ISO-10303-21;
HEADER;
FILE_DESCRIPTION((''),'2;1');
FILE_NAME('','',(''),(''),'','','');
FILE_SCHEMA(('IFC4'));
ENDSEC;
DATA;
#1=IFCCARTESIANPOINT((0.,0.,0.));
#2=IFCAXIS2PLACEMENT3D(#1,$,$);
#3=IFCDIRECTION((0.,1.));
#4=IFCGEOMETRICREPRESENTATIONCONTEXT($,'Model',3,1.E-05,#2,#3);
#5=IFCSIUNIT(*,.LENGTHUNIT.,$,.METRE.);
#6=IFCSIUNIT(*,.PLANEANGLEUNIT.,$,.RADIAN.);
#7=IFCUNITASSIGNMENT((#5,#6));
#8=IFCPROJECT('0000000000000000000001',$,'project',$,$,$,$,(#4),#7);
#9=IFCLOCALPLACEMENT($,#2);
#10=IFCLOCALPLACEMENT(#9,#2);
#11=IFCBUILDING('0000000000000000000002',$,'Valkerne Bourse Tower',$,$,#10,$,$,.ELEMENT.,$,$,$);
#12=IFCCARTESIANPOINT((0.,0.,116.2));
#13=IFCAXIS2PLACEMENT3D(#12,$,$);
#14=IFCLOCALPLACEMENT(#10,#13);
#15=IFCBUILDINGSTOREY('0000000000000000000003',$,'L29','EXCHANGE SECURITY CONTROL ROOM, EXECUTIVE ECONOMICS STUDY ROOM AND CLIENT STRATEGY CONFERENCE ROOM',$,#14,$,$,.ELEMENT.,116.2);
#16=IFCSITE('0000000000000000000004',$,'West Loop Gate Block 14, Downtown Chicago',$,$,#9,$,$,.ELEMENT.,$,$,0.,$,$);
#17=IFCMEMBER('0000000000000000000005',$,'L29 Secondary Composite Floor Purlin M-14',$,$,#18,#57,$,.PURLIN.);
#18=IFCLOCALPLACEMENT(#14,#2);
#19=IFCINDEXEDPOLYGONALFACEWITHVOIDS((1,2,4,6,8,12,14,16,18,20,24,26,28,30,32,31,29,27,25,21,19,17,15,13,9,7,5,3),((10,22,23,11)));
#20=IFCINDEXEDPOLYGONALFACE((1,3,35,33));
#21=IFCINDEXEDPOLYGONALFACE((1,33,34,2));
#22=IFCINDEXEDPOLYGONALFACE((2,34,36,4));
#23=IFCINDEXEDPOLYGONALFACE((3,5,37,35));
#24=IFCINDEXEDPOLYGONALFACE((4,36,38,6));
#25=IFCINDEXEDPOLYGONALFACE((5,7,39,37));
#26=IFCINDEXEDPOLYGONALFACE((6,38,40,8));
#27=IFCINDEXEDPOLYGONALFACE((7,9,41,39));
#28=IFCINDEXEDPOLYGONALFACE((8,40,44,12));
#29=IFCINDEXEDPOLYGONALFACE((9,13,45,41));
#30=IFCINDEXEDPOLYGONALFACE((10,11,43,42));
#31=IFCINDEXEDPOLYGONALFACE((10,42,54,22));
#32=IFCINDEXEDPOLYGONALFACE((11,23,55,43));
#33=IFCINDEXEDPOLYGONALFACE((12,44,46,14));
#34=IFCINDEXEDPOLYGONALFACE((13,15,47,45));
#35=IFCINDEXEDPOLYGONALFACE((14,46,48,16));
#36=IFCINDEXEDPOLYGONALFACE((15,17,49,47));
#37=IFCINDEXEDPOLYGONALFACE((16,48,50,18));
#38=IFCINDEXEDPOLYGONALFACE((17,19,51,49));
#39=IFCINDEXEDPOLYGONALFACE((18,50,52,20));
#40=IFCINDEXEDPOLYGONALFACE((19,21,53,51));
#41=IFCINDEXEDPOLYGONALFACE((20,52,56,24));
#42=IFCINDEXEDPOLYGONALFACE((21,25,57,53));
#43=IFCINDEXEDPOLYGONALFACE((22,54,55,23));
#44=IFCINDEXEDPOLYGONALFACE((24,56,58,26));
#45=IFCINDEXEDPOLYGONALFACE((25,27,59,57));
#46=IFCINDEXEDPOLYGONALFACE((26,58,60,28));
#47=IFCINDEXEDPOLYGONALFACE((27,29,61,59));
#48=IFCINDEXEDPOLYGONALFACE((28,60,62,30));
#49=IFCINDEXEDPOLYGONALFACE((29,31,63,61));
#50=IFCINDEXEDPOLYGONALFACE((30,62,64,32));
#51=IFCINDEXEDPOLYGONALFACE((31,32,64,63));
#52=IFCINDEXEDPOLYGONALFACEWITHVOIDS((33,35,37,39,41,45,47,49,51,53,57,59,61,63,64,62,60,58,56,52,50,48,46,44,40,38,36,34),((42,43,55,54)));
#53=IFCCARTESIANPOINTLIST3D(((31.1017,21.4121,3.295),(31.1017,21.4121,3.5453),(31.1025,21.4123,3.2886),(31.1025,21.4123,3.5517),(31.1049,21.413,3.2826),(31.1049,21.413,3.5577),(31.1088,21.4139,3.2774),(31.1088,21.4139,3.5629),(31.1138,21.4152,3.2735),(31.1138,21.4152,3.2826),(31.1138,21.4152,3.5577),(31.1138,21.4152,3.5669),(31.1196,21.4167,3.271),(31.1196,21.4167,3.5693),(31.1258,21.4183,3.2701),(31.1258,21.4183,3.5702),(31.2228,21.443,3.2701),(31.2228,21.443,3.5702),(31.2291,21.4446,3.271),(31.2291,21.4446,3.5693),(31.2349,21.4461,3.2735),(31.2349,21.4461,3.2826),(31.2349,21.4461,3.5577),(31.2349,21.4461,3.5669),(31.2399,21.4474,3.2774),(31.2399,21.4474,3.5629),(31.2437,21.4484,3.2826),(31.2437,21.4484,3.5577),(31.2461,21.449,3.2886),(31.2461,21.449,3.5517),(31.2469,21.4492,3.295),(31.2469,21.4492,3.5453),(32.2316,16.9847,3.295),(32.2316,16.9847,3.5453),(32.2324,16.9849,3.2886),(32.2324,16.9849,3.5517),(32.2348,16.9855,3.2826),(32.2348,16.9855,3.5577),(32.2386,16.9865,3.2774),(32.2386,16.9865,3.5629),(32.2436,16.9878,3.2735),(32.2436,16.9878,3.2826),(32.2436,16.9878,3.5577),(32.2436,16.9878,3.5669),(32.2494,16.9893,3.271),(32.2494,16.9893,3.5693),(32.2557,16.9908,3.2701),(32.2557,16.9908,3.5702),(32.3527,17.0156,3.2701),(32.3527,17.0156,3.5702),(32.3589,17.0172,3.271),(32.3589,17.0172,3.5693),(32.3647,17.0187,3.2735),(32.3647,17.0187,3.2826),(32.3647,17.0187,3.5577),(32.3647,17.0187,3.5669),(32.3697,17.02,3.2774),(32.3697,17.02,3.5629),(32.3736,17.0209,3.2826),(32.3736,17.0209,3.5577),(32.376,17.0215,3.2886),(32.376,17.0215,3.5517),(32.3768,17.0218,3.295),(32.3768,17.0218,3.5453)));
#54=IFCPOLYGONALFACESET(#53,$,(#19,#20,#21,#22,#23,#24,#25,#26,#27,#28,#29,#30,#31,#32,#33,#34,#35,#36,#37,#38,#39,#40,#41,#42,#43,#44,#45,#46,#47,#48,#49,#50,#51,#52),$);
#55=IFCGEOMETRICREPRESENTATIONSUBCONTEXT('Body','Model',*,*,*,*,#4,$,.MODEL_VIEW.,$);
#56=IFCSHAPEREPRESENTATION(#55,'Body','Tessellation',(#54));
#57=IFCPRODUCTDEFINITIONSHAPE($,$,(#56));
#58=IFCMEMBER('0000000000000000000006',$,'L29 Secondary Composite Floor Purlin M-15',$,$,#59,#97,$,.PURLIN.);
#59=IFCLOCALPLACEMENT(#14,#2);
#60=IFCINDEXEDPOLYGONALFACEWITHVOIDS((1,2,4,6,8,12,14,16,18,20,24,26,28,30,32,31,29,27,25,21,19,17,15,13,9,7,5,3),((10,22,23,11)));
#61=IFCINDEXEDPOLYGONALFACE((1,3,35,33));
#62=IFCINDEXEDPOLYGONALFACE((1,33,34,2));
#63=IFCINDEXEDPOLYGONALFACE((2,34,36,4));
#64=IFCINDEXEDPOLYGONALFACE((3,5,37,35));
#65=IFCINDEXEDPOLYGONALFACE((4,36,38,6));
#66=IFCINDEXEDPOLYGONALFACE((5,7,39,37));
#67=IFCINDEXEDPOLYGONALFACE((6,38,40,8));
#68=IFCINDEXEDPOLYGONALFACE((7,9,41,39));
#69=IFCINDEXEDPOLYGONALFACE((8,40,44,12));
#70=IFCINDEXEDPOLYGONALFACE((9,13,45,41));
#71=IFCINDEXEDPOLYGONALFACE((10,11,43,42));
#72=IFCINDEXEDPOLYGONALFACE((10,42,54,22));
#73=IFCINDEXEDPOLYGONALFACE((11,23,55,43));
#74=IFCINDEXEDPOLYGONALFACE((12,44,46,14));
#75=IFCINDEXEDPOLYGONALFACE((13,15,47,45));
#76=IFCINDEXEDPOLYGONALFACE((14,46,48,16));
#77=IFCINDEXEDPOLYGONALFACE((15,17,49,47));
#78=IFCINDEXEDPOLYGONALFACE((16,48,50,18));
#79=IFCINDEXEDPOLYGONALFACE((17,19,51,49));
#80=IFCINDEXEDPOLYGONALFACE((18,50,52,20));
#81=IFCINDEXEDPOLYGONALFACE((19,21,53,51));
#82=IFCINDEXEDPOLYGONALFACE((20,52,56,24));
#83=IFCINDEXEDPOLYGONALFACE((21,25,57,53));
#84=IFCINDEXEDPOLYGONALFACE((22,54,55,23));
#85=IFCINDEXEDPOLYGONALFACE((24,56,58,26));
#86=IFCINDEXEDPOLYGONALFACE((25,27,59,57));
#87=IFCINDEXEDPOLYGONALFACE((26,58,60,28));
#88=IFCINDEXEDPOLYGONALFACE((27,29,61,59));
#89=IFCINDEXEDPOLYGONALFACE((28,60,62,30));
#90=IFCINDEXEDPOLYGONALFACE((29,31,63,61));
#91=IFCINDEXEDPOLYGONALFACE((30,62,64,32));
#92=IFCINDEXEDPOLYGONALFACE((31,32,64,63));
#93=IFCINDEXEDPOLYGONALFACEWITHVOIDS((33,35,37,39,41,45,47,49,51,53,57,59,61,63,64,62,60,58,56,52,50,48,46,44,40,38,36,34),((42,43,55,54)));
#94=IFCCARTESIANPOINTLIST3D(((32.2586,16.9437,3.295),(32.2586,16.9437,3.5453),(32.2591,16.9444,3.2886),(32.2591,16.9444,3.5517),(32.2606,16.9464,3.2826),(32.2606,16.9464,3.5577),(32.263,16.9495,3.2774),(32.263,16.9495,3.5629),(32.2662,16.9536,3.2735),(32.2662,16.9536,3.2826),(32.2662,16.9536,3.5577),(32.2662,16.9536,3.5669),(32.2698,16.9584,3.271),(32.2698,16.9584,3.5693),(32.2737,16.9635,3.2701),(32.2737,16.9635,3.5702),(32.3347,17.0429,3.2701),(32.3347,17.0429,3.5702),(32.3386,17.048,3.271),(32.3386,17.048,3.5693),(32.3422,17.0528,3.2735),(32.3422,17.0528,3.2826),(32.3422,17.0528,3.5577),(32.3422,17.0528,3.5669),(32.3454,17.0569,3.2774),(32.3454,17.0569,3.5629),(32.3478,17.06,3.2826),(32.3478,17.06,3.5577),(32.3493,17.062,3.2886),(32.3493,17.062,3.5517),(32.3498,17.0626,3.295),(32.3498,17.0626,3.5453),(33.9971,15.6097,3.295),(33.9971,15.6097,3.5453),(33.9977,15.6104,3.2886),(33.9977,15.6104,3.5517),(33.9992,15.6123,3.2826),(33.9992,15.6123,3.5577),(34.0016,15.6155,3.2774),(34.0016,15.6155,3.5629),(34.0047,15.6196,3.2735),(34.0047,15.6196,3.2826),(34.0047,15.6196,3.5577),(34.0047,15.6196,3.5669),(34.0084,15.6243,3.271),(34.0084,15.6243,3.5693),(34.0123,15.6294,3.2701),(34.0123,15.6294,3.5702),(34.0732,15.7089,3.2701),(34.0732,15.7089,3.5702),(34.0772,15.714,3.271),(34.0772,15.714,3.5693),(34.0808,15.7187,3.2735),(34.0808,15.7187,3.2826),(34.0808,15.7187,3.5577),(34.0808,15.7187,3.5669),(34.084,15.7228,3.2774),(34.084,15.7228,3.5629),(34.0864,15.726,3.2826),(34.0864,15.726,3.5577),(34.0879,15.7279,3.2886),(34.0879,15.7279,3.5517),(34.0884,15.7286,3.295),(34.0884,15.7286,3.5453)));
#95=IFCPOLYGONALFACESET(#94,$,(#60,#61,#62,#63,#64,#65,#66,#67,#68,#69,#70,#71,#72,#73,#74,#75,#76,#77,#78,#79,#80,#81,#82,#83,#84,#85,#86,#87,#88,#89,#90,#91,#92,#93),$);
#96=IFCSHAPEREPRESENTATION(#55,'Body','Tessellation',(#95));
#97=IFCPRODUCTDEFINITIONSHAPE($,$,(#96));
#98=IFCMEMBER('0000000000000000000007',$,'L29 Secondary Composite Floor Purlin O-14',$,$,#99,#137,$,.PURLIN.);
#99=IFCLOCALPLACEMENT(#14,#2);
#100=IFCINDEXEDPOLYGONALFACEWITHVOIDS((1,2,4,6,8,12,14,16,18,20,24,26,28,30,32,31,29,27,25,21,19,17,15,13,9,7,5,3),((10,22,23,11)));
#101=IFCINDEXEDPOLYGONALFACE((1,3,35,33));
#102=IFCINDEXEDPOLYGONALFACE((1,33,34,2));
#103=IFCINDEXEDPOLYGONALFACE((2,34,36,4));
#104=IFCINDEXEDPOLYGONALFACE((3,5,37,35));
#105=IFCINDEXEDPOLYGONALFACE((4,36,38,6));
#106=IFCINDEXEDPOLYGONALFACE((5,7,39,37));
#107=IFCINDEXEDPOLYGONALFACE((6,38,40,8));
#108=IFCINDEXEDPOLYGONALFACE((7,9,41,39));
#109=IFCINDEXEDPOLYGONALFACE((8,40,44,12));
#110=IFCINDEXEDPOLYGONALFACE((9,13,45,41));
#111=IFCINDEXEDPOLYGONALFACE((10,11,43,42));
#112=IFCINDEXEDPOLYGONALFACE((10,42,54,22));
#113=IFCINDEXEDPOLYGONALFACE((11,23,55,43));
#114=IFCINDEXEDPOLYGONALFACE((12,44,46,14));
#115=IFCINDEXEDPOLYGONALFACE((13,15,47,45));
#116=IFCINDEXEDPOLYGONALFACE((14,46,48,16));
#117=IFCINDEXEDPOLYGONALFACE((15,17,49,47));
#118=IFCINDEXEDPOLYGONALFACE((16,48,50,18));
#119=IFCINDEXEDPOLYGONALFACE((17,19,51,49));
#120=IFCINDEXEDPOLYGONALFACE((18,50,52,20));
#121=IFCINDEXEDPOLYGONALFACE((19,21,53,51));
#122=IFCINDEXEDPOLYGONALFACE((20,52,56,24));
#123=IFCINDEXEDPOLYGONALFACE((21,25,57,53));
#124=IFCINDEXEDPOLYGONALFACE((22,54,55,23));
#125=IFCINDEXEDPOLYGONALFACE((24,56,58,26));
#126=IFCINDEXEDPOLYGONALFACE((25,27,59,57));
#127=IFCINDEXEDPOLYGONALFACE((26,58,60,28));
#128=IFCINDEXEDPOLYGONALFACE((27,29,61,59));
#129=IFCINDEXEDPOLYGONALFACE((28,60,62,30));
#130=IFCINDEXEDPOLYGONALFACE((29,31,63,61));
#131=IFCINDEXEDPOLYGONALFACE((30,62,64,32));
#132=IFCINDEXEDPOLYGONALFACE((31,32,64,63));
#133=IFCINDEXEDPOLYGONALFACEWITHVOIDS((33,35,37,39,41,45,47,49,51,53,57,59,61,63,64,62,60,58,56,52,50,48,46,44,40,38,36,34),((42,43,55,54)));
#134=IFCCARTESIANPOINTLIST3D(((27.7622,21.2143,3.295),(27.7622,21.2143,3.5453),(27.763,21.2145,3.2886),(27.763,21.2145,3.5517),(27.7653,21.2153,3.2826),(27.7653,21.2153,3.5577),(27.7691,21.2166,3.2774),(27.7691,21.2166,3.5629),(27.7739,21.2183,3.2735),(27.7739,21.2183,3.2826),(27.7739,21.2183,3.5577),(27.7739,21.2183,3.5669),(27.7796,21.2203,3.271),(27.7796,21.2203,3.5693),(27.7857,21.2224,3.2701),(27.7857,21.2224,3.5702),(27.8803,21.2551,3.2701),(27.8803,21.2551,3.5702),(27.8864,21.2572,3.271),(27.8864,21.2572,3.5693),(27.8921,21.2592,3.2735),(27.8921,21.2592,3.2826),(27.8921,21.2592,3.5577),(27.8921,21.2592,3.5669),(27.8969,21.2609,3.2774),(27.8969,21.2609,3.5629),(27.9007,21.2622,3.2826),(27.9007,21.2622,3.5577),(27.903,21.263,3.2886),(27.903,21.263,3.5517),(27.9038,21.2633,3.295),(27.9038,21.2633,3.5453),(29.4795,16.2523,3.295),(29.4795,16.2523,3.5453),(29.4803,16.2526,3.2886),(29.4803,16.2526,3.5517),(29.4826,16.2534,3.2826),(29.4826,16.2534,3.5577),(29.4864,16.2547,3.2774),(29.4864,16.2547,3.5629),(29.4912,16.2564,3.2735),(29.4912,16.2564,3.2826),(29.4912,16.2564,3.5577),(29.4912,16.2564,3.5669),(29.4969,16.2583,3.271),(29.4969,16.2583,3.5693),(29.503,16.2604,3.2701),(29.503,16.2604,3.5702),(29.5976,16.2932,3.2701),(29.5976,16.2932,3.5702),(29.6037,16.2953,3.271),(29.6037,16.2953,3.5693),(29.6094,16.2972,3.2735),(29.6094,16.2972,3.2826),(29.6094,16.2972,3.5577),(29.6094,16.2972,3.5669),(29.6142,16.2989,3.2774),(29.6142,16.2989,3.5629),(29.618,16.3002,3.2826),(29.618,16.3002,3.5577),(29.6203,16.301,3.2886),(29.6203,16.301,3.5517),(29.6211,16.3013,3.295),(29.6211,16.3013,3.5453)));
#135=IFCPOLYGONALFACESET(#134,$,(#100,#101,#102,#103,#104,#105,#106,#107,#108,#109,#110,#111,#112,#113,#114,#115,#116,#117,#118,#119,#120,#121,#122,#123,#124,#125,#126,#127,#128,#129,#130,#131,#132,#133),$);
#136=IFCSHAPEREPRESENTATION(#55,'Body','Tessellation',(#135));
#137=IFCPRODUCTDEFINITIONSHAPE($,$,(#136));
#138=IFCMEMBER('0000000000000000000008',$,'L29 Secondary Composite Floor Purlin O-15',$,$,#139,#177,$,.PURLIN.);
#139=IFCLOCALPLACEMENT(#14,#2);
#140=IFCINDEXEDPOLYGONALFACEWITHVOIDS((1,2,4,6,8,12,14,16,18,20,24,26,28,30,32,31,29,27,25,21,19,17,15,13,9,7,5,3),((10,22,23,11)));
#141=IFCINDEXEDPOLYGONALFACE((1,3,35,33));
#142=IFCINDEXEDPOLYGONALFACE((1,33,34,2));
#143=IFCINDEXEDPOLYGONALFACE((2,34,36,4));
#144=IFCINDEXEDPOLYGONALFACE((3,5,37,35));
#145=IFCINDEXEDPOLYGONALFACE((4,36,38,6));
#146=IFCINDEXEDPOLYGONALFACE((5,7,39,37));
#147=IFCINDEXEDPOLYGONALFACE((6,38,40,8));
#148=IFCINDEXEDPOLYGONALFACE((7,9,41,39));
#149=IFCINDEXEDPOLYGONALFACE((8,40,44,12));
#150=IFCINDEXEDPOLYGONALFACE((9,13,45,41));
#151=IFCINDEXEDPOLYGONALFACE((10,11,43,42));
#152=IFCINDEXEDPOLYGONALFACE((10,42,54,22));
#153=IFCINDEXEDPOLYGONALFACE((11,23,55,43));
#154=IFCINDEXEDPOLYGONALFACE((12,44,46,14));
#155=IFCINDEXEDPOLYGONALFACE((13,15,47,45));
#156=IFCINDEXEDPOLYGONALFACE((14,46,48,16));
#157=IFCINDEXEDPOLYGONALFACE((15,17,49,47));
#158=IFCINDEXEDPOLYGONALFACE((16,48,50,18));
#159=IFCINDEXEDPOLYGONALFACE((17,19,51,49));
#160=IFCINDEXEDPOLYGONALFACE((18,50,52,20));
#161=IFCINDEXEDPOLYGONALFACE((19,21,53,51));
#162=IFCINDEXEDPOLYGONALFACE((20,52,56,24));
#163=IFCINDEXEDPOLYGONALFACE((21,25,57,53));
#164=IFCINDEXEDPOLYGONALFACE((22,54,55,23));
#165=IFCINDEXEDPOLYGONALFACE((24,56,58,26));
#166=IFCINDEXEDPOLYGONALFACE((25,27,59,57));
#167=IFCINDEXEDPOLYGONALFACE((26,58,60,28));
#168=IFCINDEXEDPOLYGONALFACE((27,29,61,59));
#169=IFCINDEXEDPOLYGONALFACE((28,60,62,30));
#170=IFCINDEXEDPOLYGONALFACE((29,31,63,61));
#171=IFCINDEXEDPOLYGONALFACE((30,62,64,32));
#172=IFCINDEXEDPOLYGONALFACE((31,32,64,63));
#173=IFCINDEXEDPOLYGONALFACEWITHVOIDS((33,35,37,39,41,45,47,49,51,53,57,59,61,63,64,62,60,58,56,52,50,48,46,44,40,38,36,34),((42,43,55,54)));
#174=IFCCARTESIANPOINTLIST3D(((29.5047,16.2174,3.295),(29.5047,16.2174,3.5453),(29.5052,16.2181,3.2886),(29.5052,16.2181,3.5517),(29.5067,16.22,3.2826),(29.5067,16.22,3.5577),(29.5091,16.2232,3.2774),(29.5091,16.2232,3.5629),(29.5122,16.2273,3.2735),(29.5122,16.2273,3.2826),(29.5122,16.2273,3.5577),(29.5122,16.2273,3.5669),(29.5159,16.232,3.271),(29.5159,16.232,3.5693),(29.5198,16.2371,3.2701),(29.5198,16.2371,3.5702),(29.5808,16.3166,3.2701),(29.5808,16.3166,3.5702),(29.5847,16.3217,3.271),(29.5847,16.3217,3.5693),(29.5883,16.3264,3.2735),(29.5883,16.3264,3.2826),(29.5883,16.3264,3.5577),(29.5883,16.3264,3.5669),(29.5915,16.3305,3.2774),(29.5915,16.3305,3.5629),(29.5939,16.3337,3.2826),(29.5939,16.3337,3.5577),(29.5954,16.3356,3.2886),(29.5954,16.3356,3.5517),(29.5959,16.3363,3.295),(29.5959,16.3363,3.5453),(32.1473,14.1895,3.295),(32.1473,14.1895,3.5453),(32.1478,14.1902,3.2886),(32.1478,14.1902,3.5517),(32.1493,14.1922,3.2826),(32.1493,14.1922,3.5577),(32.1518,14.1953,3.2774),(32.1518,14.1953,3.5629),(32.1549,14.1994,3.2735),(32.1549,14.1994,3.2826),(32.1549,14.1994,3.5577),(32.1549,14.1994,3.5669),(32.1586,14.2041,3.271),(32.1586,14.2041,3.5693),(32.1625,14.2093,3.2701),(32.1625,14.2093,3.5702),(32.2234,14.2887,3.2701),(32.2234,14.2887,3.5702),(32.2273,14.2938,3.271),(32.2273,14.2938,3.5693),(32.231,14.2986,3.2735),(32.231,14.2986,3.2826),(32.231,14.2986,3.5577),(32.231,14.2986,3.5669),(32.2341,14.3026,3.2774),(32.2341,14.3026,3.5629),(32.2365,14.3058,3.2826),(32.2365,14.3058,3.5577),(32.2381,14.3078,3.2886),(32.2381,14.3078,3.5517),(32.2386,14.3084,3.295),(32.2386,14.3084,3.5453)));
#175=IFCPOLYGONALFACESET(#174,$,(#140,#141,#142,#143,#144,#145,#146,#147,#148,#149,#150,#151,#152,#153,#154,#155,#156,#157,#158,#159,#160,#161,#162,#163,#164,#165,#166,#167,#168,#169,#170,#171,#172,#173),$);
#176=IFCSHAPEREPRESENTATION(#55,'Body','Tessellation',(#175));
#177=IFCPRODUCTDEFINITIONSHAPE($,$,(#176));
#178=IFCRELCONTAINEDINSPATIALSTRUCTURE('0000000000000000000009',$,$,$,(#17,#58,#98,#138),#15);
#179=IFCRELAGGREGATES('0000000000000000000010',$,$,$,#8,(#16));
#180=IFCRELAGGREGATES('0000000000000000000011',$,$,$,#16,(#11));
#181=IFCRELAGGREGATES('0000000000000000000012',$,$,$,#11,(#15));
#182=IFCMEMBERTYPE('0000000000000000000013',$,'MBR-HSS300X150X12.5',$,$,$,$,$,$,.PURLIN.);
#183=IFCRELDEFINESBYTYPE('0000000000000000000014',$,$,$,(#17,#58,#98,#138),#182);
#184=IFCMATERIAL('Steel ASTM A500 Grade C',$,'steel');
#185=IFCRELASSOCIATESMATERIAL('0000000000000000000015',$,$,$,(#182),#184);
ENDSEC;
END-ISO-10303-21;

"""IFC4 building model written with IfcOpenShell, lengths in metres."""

from ifc_helpers import new_model, si_unit, direction, frame, origin, origin_2d, place, context, subcontext, project, spatial, hollow_rectangle, extrude, material, material_profile, profile_set, type_object, element, save


model = new_model("IFC4")

# Units and contexts
model_context = context("Model", 3, precision=1e-05, world=origin(), true_north=direction((0.0, 1.0)))
body_context = subcontext(model_context, "Body", "Model", "MODEL_VIEW")
ifc_project = project(units=[si_unit("LENGTHUNIT", "METRE"), si_unit("PLANEANGLEUNIT", "RADIAN")], contexts=[model_context])

# Site, building, storey
site_placement = place(None, origin())
site = spatial("IfcSite", under=ifc_project, at=site_placement, Name="West Loop Gate Block 14, Downtown Chicago", CompositionType="ELEMENT", RefElevation=0.0)
building_placement = place(site_placement, origin())
building = spatial("IfcBuilding", under=site, at=building_placement, Name="Valkerne Bourse Tower", CompositionType="ELEMENT")
storey_placement = place(building_placement, frame((0.0, 0.0, 116.2)))
storey = spatial("IfcBuildingStorey", under=building, at=storey_placement, Name="L29", Description="EXCHANGE SECURITY CONTROL ROOM, EXECUTIVE ECONOMICS STUDY ROOM AND CLIENT STRATEGY CONFERENCE ROOM", CompositionType="ELEMENT", Elevation=116.2)

# Members
ifc_material_1 = material(Name="Steel ASTM A500 Grade C", Category="steel")
ifc_material_profile_1 = material_profile(ifc_material_1, hollow_rectangle(XDim=0.1499, YDim=0.3, WallThickness=0.0125, OuterFilletRadius=0.0249, at=origin_2d()), Name="HSS300X150X12.5")
ifc_profile_set_1 = profile_set([ifc_material_profile_1], Name="Steel ASTM A500 Grade C")
member_type_1 = type_object("IfcMemberType", Name="MBR-HSS300X150X12.5", PredefinedType="PURLIN", material=ifc_profile_set_1)
member_1_placement = place(storey_placement, frame((31.1743, 21.4307, 3.4202), z_axis=(0.247272, -0.968946, 0.0), x_axis=(0.968946, 0.247272, 0.0)))
element("IfcMember", 1, at=member_1_placement, inside=storey, type_object=member_type_1, Name="L29 Secondary Composite Floor Purlin M-14", PredefinedType="PURLIN", context=body_context, shape_type="SweptSolid", body=[
    extrude(hollow_rectangle(XDim=0.1499, YDim=0.3, WallThickness=0.0125, OuterFilletRadius=0.0249, at=origin_2d()), origin(), (0.0, 0.0, 1.0), 4.5693),
])
member_2_placement = place(storey_placement, frame((32.3042, 17.0032, 3.4202), z_axis=(0.793361, -0.608752, 0.0), x_axis=(0.608752, 0.793361, 0.0)))
element("IfcMember", 2, at=member_2_placement, inside=storey, type_object=member_type_1, Name="L29 Secondary Composite Floor Purlin M-15", PredefinedType="PURLIN", context=body_context, shape_type="SweptSolid", body=[
    extrude(hollow_rectangle(XDim=0.1499, YDim=0.3, WallThickness=0.0125, OuterFilletRadius=0.0249, at=origin_2d()), origin(), (0.0, 0.0, 1.0), 2.1914),
])
member_3_placement = place(storey_placement, frame((27.833, 21.2388, 3.4202), z_axis=(0.327059, -0.945004, 0.0), x_axis=(0.945004, 0.327059, 0.0)))
element("IfcMember", 3, at=member_3_placement, inside=storey, type_object=member_type_1, Name="L29 Secondary Composite Floor Purlin O-14", PredefinedType="PURLIN", context=body_context, shape_type="SweptSolid", body=[
    extrude(hollow_rectangle(XDim=0.1499, YDim=0.3, WallThickness=0.0125, OuterFilletRadius=0.0249, at=origin_2d()), origin(), (0.0, 0.0, 1.0), 5.2507),
])
member_4_placement = place(storey_placement, frame((29.5503, 16.2769, 3.4202), z_axis=(0.793337, -0.608782, 0.0), x_axis=(0.608782, 0.793337, 0.0)))
element("IfcMember", 4, at=member_4_placement, inside=storey, type_object=member_type_1, Name="L29 Secondary Composite Floor Purlin O-15", PredefinedType="PURLIN", context=body_context, shape_type="SweptSolid", body=[
    extrude(hollow_rectangle(XDim=0.1499, YDim=0.3, WallThickness=0.0125, OuterFilletRadius=0.0249, at=origin_2d()), origin(), (0.0, 0.0, 1.0), 3.3311),
])

save(model, "model.ifc")
